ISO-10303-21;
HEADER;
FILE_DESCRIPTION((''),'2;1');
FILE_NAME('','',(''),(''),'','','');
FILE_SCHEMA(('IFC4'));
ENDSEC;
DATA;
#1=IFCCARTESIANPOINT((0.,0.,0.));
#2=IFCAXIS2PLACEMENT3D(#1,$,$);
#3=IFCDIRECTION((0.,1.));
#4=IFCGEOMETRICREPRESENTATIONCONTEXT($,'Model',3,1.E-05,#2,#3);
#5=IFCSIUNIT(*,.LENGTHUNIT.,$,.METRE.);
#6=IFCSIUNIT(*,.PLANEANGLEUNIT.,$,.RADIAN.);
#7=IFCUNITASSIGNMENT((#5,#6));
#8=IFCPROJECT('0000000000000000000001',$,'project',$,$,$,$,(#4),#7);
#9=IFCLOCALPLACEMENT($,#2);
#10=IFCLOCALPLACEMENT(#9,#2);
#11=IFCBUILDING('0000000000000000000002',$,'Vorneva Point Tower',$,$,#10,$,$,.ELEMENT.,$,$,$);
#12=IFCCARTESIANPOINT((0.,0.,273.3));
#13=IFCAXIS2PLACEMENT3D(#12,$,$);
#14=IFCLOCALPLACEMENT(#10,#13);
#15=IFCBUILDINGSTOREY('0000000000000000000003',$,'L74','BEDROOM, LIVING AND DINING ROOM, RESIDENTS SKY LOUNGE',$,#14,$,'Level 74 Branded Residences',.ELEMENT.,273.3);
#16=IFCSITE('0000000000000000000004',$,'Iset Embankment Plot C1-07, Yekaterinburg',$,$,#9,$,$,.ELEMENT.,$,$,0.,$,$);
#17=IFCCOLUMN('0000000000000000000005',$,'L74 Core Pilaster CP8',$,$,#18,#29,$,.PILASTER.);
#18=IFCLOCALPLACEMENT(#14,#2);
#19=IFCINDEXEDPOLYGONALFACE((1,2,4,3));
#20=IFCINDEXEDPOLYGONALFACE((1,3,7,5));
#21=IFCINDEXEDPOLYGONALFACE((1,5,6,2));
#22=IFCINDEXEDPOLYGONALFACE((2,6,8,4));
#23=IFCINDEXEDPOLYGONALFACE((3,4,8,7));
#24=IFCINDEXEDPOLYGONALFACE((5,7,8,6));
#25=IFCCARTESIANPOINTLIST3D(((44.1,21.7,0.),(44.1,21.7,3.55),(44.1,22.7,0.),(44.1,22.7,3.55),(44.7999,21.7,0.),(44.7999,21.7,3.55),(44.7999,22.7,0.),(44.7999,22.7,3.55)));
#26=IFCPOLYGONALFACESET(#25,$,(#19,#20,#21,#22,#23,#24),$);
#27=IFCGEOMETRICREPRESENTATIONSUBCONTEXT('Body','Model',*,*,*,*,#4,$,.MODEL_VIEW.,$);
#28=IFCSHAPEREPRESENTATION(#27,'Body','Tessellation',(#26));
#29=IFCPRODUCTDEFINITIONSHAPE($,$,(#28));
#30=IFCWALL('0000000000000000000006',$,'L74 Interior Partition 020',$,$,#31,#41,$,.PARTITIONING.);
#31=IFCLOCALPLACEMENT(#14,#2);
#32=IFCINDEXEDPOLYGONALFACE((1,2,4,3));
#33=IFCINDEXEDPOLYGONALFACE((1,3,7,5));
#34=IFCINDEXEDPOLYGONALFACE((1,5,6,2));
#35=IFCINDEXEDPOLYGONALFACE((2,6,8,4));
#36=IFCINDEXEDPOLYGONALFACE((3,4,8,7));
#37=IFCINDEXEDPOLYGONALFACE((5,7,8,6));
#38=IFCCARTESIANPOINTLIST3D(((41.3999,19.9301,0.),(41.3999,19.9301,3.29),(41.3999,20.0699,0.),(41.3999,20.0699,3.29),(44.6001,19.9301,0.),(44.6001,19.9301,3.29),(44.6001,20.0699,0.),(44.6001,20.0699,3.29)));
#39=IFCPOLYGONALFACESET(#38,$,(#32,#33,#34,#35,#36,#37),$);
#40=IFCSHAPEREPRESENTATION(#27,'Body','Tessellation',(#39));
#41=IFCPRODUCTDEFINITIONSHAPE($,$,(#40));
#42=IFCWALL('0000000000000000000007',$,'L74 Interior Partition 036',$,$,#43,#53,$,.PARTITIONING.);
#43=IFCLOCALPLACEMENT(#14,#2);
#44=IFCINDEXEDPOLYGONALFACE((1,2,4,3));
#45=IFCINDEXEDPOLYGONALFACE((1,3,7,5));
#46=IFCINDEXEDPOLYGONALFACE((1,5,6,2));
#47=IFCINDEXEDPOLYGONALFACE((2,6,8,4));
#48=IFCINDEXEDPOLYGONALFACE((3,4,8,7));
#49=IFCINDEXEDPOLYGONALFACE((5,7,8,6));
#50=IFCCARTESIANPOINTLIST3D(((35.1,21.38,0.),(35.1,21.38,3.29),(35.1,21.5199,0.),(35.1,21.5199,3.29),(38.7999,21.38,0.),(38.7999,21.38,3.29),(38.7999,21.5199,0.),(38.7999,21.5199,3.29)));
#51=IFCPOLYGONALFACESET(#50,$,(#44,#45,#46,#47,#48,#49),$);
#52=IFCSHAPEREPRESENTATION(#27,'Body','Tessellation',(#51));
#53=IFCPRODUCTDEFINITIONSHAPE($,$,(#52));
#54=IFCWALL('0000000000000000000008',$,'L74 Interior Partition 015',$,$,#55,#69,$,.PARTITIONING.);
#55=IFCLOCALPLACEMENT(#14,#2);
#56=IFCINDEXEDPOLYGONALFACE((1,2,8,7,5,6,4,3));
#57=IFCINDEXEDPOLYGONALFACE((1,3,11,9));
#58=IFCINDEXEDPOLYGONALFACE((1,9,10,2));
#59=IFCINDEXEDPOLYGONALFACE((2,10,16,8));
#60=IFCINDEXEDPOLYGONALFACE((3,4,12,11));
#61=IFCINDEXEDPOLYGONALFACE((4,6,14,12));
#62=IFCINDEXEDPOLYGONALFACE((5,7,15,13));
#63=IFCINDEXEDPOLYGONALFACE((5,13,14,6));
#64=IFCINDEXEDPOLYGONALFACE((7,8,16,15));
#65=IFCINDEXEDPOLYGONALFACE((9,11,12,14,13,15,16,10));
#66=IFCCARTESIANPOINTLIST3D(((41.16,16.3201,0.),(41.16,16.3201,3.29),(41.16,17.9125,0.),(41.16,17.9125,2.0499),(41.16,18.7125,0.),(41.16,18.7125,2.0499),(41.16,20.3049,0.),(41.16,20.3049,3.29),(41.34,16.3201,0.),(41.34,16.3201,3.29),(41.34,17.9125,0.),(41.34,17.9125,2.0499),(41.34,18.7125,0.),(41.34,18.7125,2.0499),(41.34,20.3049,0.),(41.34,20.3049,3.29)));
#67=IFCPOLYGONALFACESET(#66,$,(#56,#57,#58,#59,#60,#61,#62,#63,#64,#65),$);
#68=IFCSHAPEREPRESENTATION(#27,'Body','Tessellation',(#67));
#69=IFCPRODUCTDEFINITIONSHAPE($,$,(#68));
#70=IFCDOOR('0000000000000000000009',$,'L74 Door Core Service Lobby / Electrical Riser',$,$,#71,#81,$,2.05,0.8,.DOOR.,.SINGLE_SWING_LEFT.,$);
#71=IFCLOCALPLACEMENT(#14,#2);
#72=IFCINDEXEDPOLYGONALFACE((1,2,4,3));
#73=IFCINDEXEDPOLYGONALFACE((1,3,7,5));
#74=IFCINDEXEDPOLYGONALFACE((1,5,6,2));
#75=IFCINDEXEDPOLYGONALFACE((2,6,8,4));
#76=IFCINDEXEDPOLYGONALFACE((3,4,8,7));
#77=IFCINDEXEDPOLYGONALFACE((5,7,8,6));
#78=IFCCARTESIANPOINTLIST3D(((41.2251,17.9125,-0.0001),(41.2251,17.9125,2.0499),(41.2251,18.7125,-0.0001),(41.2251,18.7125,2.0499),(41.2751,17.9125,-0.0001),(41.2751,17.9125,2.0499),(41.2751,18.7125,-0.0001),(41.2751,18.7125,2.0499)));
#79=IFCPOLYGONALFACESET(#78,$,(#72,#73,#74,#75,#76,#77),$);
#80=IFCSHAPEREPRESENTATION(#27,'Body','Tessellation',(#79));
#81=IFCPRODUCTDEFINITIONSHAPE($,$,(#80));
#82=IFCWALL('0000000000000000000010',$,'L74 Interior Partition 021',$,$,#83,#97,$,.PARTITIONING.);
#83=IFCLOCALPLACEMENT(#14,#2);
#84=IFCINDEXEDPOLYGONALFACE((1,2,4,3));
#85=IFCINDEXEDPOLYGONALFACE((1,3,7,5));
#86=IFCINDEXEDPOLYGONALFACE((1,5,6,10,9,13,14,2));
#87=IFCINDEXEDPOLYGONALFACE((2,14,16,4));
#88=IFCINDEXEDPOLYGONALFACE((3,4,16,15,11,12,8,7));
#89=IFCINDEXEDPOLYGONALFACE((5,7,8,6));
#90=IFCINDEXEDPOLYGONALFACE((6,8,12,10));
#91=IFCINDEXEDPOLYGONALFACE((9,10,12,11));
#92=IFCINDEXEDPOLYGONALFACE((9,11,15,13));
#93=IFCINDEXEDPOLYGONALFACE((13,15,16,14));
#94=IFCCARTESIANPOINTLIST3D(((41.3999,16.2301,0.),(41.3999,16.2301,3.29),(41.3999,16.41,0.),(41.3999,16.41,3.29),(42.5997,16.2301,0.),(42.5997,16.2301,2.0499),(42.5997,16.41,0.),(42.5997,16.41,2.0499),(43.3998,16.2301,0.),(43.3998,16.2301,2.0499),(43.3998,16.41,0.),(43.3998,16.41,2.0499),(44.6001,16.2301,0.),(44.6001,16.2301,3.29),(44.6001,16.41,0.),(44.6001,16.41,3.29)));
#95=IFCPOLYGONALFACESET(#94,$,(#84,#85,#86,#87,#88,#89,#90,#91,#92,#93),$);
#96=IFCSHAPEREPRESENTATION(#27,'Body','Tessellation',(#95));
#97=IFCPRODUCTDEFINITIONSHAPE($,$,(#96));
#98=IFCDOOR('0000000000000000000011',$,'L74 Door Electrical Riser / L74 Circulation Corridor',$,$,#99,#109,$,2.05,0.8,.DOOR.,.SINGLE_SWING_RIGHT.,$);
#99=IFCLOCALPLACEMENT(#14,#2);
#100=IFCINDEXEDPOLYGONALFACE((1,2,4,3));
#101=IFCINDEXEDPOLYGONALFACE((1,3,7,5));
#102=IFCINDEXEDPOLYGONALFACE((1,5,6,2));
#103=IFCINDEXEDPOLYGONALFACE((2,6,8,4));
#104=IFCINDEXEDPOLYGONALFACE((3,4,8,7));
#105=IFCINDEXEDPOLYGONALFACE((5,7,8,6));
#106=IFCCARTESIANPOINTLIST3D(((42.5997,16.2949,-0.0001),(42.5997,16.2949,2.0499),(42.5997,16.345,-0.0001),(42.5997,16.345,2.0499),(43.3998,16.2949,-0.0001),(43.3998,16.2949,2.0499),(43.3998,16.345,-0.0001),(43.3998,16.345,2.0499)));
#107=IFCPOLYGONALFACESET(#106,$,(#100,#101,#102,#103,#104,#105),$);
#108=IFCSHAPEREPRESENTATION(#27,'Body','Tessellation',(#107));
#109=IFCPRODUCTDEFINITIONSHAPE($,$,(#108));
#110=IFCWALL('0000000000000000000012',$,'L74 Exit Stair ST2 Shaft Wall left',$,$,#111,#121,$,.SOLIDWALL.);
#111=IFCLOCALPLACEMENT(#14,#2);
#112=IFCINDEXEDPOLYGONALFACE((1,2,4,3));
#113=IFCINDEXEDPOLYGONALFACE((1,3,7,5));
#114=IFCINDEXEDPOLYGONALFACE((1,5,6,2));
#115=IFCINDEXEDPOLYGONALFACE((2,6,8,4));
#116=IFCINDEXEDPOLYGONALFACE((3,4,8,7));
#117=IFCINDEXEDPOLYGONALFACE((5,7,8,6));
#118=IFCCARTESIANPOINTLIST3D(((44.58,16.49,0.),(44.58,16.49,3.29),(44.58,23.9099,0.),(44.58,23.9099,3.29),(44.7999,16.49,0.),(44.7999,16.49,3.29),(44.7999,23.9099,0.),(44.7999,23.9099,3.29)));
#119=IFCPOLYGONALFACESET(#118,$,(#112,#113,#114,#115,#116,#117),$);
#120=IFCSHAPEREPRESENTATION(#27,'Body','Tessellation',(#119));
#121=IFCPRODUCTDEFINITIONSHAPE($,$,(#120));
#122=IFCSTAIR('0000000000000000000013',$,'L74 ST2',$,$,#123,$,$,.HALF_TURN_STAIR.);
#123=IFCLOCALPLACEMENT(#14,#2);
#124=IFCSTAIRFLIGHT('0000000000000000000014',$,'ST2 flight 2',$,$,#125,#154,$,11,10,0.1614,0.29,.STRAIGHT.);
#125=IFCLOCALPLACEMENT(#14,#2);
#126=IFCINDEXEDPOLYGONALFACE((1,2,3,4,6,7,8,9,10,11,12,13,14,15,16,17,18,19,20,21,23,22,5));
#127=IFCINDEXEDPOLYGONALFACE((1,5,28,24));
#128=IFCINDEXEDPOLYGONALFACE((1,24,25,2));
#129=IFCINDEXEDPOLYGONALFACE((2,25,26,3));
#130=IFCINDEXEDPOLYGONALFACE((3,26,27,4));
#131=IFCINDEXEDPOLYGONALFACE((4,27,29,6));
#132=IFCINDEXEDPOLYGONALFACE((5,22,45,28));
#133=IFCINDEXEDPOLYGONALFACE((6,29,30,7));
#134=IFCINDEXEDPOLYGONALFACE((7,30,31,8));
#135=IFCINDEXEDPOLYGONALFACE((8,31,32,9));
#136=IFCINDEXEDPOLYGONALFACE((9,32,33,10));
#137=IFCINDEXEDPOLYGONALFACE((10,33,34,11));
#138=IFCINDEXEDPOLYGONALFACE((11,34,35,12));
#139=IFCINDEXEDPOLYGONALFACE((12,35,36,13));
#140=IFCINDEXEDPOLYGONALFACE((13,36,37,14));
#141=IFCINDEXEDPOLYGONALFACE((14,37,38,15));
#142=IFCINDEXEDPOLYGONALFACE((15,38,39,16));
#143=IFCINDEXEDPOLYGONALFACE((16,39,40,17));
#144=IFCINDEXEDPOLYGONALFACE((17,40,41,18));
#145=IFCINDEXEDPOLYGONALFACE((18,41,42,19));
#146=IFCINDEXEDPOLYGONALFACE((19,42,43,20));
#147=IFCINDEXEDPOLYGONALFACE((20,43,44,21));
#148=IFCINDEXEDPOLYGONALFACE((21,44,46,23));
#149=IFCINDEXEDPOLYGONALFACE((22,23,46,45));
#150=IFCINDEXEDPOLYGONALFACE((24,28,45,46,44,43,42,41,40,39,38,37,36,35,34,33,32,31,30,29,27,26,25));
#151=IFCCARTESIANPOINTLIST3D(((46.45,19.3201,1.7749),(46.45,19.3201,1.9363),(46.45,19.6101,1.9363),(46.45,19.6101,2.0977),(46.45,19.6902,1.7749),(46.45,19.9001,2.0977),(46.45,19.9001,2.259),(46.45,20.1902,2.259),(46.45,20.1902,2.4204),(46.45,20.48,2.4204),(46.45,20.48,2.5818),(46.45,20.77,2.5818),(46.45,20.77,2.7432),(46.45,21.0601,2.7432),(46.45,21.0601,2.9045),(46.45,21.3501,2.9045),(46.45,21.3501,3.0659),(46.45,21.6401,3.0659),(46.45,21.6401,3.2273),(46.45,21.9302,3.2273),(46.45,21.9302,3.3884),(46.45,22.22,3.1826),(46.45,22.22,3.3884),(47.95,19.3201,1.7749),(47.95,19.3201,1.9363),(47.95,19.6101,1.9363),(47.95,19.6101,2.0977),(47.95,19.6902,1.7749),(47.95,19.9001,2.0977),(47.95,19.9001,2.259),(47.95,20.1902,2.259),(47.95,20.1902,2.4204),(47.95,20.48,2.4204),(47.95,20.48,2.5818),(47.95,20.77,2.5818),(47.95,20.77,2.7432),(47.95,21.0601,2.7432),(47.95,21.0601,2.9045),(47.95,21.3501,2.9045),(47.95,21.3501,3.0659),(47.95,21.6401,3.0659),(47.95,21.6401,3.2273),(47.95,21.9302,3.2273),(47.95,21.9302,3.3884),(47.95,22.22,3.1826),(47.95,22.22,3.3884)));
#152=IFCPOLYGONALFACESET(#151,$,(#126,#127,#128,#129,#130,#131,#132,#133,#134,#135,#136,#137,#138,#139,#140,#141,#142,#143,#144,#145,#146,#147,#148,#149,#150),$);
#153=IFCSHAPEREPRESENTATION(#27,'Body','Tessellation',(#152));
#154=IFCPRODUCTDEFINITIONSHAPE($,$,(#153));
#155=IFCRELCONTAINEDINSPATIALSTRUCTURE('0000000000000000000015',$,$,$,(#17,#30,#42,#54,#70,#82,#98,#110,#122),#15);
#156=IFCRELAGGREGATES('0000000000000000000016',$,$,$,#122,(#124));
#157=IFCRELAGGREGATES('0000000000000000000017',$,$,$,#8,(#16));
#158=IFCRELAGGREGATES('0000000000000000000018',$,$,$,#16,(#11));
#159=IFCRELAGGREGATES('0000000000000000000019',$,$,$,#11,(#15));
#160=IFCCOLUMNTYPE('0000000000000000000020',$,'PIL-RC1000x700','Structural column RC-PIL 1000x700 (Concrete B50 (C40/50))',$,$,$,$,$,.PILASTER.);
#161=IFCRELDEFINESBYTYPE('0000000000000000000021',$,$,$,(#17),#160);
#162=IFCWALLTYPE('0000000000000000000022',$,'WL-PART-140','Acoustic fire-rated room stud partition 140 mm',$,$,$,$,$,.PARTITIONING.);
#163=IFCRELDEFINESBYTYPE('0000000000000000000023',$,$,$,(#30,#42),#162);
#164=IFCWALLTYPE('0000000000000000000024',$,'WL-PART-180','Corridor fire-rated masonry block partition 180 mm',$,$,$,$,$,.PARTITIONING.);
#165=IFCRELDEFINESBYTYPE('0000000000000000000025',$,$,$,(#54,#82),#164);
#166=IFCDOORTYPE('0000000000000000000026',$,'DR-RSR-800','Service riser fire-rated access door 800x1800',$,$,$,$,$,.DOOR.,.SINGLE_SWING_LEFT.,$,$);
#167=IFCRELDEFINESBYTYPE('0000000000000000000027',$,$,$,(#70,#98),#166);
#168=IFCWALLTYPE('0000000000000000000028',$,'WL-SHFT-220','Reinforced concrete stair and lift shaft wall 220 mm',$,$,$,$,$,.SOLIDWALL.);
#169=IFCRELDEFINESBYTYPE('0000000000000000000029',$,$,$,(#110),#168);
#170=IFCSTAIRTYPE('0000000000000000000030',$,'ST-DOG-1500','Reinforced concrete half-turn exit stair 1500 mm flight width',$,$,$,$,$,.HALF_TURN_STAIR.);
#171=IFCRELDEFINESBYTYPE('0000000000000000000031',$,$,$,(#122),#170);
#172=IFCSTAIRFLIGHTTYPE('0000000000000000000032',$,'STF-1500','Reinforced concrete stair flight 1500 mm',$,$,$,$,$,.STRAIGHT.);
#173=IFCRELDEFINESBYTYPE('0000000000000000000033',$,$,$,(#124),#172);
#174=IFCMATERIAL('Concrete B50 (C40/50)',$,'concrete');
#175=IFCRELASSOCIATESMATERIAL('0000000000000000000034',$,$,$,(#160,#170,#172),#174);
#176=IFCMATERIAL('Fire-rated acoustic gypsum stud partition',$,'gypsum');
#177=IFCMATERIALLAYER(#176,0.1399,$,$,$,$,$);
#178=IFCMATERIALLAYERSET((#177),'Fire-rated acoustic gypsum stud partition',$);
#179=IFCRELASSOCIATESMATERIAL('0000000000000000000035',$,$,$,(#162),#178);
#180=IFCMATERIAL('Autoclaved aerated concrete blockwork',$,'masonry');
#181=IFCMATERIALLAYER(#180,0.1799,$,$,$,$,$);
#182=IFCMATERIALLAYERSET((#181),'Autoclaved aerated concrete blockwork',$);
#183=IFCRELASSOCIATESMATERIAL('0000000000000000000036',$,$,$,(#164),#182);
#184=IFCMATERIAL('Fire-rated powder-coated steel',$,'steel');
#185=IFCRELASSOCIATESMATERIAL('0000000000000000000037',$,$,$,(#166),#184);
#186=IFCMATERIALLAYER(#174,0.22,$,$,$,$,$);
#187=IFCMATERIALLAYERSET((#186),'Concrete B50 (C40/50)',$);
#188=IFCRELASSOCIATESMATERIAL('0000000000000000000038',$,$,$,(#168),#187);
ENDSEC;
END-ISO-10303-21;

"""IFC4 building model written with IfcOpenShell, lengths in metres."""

from ifc_helpers import new_model, si_unit, direction, frame, frame_2d, origin, origin_2d, place, context, subcontext, project, spatial, polyline, rectangle, outline, extrude, material, layer, layer_set, material_profile, profile_set, type_object, element, fill, aggregate, save


model = new_model("IFC4")

# Units and contexts
model_context = context("Model", 3, precision=1e-05, world=origin(), true_north=direction((0.0, 1.0)))
body_context = subcontext(model_context, "Body", "Model", "MODEL_VIEW")
ifc_project = project(units=[si_unit("LENGTHUNIT", "METRE"), si_unit("PLANEANGLEUNIT", "RADIAN")], contexts=[model_context])

# Site, building, storey
site_placement = place(None, origin())
site = spatial("IfcSite", under=ifc_project, at=site_placement, Name="Iset Embankment Plot C1-07, Yekaterinburg", CompositionType="ELEMENT", RefElevation=0.0)
building_placement = place(site_placement, origin())
building = spatial("IfcBuilding", under=site, at=building_placement, Name="Vorneva Point Tower", CompositionType="ELEMENT")
storey_placement = place(building_placement, frame((0.0, 0.0, 273.3)))
storey = spatial("IfcBuildingStorey", under=building, at=storey_placement, Name="L74", Description="BEDROOM, LIVING AND DINING ROOM, RESIDENTS SKY LOUNGE", LongName="Level 74 Branded Residences", CompositionType="ELEMENT", Elevation=273.3)

# Column
ifc_material_1 = material(Name="Concrete B50 (C40/50)", Category="concrete")
ifc_material_profile = material_profile(ifc_material_1, rectangle(XDim=0.7, YDim=1.0, at=origin_2d()), Name="RC-PIL 1000x700")
ifc_profile_set = profile_set([ifc_material_profile], Name="Concrete B50 (C40/50)")
column_type = type_object("IfcColumnType", Name="PIL-RC1000x700", Description="Structural column RC-PIL 1000x700 (Concrete B50 (C40/50))", PredefinedType="PILASTER", material=ifc_profile_set)
column_placement = place(storey_placement, frame((44.45, 22.2, 0.0), z_axis=(0.0, 0.0, 1.0), x_axis=(1.0, 0.0, 0.0)))
element("IfcColumn", 1, at=column_placement, inside=storey, type_object=column_type, Name="L74 Core Pilaster CP8", PredefinedType="PILASTER", context=body_context, shape_type="SweptSolid", body=[
    extrude(rectangle(XDim=0.7, YDim=1.0, at=origin_2d()), origin(), (0.0, 0.0, 1.0), 3.55),
])

# Walls
ifc_material_2 = material(Name="Fire-rated acoustic gypsum stud partition", Category="gypsum")
ifc_layer_1 = layer(ifc_material_2, 0.1399)
ifc_layer_set_1 = layer_set([ifc_layer_1], Name="Fire-rated acoustic gypsum stud partition")
wall_type_1 = type_object("IfcWallType", Name="WL-PART-140", Description="Acoustic fire-rated room stud partition 140 mm", PredefinedType="PARTITIONING", material=ifc_layer_set_1)
wall_1_placement = place(storey_placement, frame((44.6001, 20.0, 0.0), z_axis=(0.0, 0.0, 1.0), x_axis=(-1.0, 0.0, 0.0)))
element("IfcWall", 2, at=wall_1_placement, inside=storey, type_object=wall_type_1, Name="L74 Interior Partition 020", PredefinedType="PARTITIONING", context=body_context, shape_type="SweptSolid", body=[
    extrude(rectangle(XDim=3.2002, YDim=0.1399, at=frame_2d((1.6001, 0.0))), origin(), (0.0, 0.0, 1.0), 3.29),
])
wall_2_placement = place(storey_placement, frame((38.8, 21.45, 0.0), z_axis=(0.0, 0.0, 1.0), x_axis=(-1.0, 0.0, 0.0)))
element("IfcWall", 3, at=wall_2_placement, inside=storey, type_object=wall_type_1, Name="L74 Interior Partition 036", PredefinedType="PARTITIONING", context=body_context, shape_type="SweptSolid", body=[
    extrude(rectangle(XDim=3.7, YDim=0.1399, at=frame_2d((1.8501, 0.0))), origin(), (0.0, 0.0, 1.0), 3.29),
])

# Walls, openings, doors
ifc_material_3 = material(Name="Autoclaved aerated concrete blockwork", Category="masonry")
ifc_layer_2 = layer(ifc_material_3, 0.1799)
ifc_layer_set_2 = layer_set([ifc_layer_2], Name="Autoclaved aerated concrete blockwork")
wall_type_2 = type_object("IfcWallType", Name="WL-PART-180", Description="Corridor fire-rated masonry block partition 180 mm", PredefinedType="PARTITIONING", material=ifc_layer_set_2)
wall_3_placement = place(storey_placement, frame((41.25, 16.3201, 0.0), z_axis=(0.0, 0.0, 1.0), x_axis=(0.0, 1.0, 0.0)))
wall_3 = element("IfcWall", 4, at=wall_3_placement, inside=storey, type_object=wall_type_2, Name="L74 Interior Partition 015", PredefinedType="PARTITIONING", context=body_context, shape_type="SweptSolid", body=[
    extrude(rectangle(XDim=3.9849, YDim=0.1799, at=frame_2d((1.9924, 0.0))), origin(), (0.0, 0.0, 1.0), 3.29),
])
opening_1_placement = place(wall_3_placement, frame((1.5925, 0.0, 0.0)))
opening_1 = element("IfcOpeningElement", 5, at=opening_1_placement, cuts=wall_3, PredefinedType="OPENING", context=body_context, shape_type="SweptSolid", body=[
    extrude(rectangle(XDim=0.8, YDim=2.05, at=frame_2d((0.3999, 1.0249))), frame((0.0, 0.105, 0.0), z_axis=(0.0, -1.0, 0.0), x_axis=(1.0, 0.0, 0.0)), (0.0, 0.0, 1.0), 0.2097),
])
ifc_material_4 = material(Name="Fire-rated powder-coated steel", Category="steel")
door_type_1 = type_object("IfcDoorType", Name="DR-RSR-800", Description="Service riser fire-rated access door 800x1800", OperationType="SINGLE_SWING_LEFT", PredefinedType="DOOR", material=ifc_material_4)
door_1_placement = place(opening_1_placement, origin())
door_1 = element("IfcDoor", 6, at=door_1_placement, inside=storey, type_object=door_type_1, Name="L74 Door Core Service Lobby / Electrical Riser", OperationType="SINGLE_SWING_LEFT", OverallHeight=2.05, OverallWidth=0.8, PredefinedType="DOOR", context=body_context, shape_type="SweptSolid", body=[
    extrude(rectangle(XDim=0.8, YDim=2.05, at=frame_2d((0.3999, 1.0249))), frame((0.0, 0.0249, 0.0), z_axis=(0.0, -1.0, 0.0), x_axis=(1.0, 0.0, 0.0)), (0.0, 0.0, 1.0), 0.05),
])
fill(opening_1, door_1)
wall_4_placement = place(storey_placement, frame((41.3999, 16.3201, 0.0), z_axis=(0.0, 0.0, 1.0), x_axis=(1.0, 0.0, 0.0)))
wall_4 = element("IfcWall", 7, at=wall_4_placement, inside=storey, type_object=wall_type_2, Name="L74 Interior Partition 021", PredefinedType="PARTITIONING", context=body_context, shape_type="SweptSolid", body=[
    extrude(rectangle(XDim=3.2002, YDim=0.1799, at=frame_2d((1.6001, 0.0))), origin(), (0.0, 0.0, 1.0), 3.29),
])
opening_2_placement = place(wall_4_placement, frame((1.2, 0.0, 0.0)))
opening_2 = element("IfcOpeningElement", 8, at=opening_2_placement, cuts=wall_4, PredefinedType="OPENING", context=body_context, shape_type="SweptSolid", body=[
    extrude(rectangle(XDim=0.8, YDim=2.05, at=frame_2d((0.3999, 1.0249))), frame((0.0, 0.105, 0.0), z_axis=(0.0, -1.0, 0.0), x_axis=(1.0, 0.0, 0.0)), (0.0, 0.0, 1.0), 0.2097),
])
door_2_placement = place(opening_2_placement, origin())
door_2 = element("IfcDoor", 9, at=door_2_placement, inside=storey, type_object=door_type_1, Name="L74 Door Electrical Riser / L74 Circulation Corridor", OperationType="SINGLE_SWING_RIGHT", OverallHeight=2.05, OverallWidth=0.8, PredefinedType="DOOR", context=body_context, shape_type="SweptSolid", body=[
    extrude(rectangle(XDim=0.8, YDim=2.05, at=frame_2d((0.3999, 1.0249))), frame((0.0, 0.0249, 0.0), z_axis=(0.0, -1.0, 0.0), x_axis=(1.0, 0.0, 0.0)), (0.0, 0.0, 1.0), 0.05),
])
fill(opening_2, door_2)

# Wall
ifc_layer_3 = layer(ifc_material_1, 0.22)
ifc_layer_set_3 = layer_set([ifc_layer_3], Name="Concrete B50 (C40/50)")
wall_type_3 = type_object("IfcWallType", Name="WL-SHFT-220", Description="Reinforced concrete stair and lift shaft wall 220 mm", PredefinedType="SOLIDWALL", material=ifc_layer_set_3)
wall_5_placement = place(storey_placement, frame((44.6899, 16.49, 0.0), z_axis=(0.0, 0.0, 1.0), x_axis=(0.0, 1.0, 0.0)))
element("IfcWall", 10, at=wall_5_placement, inside=storey, type_object=wall_type_3, Name="L74 Exit Stair ST2 Shaft Wall left", PredefinedType="SOLIDWALL", context=body_context, shape_type="SweptSolid", body=[
    extrude(rectangle(XDim=7.4199, YDim=0.22, at=frame_2d((3.71, 0.0))), origin(), (0.0, 0.0, 1.0), 3.29),
])

# Stair, stair flight
stair_type = type_object("IfcStairType", Name="ST-DOG-1500", Description="Reinforced concrete half-turn exit stair 1500 mm flight width", PredefinedType="HALF_TURN_STAIR", material=ifc_material_1)
stair_placement = place(storey_placement, origin())
stair = element("IfcStair", 11, at=stair_placement, inside=storey, type_object=stair_type, Name="L74 ST2", PredefinedType="HALF_TURN_STAIR")
stair_flight_type = type_object("IfcStairFlightType", Name="STF-1500", Description="Reinforced concrete stair flight 1500 mm", PredefinedType="STRAIGHT", material=ifc_material_1)
stair_flight_placement = place(storey_placement, frame((47.2, 19.3201, 1.7749), z_axis=(0.0, 0.0, 1.0), x_axis=(0.0, 1.0, 0.0)))
stair_flight = element("IfcStairFlight", 12, at=stair_flight_placement, type_object=stair_flight_type, Name="ST2 flight 2", NumberOfRisers=11, NumberOfTreads=10, PredefinedType="STRAIGHT", RiserHeight=0.1614, TreadLength=0.29, context=body_context, shape_type="SweptSolid", body=[
    extrude(outline(polyline([(0.0, 0.0), (0.0, 0.1614), (0.29, 0.1614), (0.29, 0.3228), (0.5801, 0.3228), (0.5801, 0.4841), (0.8701, 0.4841), (0.8701, 0.6455), (1.1599, 0.6455), (1.1599, 0.8069), (1.45, 0.8069), (1.45, 0.9683), (1.74, 0.9683), (1.74, 1.1296), (2.03, 1.1296), (2.03, 1.291), (2.3201, 1.291), (2.3201, 1.4524), (2.6101, 1.4524), (2.6101, 1.6135), (2.8999, 1.6135), (2.8999, 1.7749), (2.8999, 1.4077), (0.3701, 0.0), (0.0, 0.0)])), frame((0.0, 0.75, 0.0), z_axis=(0.0, -1.0, 0.0), x_axis=(1.0, 0.0, 0.0)), (0.0, 0.0, 1.0), 1.5),
])
aggregate(stair, [stair_flight])

save(model, "model.ifc")
